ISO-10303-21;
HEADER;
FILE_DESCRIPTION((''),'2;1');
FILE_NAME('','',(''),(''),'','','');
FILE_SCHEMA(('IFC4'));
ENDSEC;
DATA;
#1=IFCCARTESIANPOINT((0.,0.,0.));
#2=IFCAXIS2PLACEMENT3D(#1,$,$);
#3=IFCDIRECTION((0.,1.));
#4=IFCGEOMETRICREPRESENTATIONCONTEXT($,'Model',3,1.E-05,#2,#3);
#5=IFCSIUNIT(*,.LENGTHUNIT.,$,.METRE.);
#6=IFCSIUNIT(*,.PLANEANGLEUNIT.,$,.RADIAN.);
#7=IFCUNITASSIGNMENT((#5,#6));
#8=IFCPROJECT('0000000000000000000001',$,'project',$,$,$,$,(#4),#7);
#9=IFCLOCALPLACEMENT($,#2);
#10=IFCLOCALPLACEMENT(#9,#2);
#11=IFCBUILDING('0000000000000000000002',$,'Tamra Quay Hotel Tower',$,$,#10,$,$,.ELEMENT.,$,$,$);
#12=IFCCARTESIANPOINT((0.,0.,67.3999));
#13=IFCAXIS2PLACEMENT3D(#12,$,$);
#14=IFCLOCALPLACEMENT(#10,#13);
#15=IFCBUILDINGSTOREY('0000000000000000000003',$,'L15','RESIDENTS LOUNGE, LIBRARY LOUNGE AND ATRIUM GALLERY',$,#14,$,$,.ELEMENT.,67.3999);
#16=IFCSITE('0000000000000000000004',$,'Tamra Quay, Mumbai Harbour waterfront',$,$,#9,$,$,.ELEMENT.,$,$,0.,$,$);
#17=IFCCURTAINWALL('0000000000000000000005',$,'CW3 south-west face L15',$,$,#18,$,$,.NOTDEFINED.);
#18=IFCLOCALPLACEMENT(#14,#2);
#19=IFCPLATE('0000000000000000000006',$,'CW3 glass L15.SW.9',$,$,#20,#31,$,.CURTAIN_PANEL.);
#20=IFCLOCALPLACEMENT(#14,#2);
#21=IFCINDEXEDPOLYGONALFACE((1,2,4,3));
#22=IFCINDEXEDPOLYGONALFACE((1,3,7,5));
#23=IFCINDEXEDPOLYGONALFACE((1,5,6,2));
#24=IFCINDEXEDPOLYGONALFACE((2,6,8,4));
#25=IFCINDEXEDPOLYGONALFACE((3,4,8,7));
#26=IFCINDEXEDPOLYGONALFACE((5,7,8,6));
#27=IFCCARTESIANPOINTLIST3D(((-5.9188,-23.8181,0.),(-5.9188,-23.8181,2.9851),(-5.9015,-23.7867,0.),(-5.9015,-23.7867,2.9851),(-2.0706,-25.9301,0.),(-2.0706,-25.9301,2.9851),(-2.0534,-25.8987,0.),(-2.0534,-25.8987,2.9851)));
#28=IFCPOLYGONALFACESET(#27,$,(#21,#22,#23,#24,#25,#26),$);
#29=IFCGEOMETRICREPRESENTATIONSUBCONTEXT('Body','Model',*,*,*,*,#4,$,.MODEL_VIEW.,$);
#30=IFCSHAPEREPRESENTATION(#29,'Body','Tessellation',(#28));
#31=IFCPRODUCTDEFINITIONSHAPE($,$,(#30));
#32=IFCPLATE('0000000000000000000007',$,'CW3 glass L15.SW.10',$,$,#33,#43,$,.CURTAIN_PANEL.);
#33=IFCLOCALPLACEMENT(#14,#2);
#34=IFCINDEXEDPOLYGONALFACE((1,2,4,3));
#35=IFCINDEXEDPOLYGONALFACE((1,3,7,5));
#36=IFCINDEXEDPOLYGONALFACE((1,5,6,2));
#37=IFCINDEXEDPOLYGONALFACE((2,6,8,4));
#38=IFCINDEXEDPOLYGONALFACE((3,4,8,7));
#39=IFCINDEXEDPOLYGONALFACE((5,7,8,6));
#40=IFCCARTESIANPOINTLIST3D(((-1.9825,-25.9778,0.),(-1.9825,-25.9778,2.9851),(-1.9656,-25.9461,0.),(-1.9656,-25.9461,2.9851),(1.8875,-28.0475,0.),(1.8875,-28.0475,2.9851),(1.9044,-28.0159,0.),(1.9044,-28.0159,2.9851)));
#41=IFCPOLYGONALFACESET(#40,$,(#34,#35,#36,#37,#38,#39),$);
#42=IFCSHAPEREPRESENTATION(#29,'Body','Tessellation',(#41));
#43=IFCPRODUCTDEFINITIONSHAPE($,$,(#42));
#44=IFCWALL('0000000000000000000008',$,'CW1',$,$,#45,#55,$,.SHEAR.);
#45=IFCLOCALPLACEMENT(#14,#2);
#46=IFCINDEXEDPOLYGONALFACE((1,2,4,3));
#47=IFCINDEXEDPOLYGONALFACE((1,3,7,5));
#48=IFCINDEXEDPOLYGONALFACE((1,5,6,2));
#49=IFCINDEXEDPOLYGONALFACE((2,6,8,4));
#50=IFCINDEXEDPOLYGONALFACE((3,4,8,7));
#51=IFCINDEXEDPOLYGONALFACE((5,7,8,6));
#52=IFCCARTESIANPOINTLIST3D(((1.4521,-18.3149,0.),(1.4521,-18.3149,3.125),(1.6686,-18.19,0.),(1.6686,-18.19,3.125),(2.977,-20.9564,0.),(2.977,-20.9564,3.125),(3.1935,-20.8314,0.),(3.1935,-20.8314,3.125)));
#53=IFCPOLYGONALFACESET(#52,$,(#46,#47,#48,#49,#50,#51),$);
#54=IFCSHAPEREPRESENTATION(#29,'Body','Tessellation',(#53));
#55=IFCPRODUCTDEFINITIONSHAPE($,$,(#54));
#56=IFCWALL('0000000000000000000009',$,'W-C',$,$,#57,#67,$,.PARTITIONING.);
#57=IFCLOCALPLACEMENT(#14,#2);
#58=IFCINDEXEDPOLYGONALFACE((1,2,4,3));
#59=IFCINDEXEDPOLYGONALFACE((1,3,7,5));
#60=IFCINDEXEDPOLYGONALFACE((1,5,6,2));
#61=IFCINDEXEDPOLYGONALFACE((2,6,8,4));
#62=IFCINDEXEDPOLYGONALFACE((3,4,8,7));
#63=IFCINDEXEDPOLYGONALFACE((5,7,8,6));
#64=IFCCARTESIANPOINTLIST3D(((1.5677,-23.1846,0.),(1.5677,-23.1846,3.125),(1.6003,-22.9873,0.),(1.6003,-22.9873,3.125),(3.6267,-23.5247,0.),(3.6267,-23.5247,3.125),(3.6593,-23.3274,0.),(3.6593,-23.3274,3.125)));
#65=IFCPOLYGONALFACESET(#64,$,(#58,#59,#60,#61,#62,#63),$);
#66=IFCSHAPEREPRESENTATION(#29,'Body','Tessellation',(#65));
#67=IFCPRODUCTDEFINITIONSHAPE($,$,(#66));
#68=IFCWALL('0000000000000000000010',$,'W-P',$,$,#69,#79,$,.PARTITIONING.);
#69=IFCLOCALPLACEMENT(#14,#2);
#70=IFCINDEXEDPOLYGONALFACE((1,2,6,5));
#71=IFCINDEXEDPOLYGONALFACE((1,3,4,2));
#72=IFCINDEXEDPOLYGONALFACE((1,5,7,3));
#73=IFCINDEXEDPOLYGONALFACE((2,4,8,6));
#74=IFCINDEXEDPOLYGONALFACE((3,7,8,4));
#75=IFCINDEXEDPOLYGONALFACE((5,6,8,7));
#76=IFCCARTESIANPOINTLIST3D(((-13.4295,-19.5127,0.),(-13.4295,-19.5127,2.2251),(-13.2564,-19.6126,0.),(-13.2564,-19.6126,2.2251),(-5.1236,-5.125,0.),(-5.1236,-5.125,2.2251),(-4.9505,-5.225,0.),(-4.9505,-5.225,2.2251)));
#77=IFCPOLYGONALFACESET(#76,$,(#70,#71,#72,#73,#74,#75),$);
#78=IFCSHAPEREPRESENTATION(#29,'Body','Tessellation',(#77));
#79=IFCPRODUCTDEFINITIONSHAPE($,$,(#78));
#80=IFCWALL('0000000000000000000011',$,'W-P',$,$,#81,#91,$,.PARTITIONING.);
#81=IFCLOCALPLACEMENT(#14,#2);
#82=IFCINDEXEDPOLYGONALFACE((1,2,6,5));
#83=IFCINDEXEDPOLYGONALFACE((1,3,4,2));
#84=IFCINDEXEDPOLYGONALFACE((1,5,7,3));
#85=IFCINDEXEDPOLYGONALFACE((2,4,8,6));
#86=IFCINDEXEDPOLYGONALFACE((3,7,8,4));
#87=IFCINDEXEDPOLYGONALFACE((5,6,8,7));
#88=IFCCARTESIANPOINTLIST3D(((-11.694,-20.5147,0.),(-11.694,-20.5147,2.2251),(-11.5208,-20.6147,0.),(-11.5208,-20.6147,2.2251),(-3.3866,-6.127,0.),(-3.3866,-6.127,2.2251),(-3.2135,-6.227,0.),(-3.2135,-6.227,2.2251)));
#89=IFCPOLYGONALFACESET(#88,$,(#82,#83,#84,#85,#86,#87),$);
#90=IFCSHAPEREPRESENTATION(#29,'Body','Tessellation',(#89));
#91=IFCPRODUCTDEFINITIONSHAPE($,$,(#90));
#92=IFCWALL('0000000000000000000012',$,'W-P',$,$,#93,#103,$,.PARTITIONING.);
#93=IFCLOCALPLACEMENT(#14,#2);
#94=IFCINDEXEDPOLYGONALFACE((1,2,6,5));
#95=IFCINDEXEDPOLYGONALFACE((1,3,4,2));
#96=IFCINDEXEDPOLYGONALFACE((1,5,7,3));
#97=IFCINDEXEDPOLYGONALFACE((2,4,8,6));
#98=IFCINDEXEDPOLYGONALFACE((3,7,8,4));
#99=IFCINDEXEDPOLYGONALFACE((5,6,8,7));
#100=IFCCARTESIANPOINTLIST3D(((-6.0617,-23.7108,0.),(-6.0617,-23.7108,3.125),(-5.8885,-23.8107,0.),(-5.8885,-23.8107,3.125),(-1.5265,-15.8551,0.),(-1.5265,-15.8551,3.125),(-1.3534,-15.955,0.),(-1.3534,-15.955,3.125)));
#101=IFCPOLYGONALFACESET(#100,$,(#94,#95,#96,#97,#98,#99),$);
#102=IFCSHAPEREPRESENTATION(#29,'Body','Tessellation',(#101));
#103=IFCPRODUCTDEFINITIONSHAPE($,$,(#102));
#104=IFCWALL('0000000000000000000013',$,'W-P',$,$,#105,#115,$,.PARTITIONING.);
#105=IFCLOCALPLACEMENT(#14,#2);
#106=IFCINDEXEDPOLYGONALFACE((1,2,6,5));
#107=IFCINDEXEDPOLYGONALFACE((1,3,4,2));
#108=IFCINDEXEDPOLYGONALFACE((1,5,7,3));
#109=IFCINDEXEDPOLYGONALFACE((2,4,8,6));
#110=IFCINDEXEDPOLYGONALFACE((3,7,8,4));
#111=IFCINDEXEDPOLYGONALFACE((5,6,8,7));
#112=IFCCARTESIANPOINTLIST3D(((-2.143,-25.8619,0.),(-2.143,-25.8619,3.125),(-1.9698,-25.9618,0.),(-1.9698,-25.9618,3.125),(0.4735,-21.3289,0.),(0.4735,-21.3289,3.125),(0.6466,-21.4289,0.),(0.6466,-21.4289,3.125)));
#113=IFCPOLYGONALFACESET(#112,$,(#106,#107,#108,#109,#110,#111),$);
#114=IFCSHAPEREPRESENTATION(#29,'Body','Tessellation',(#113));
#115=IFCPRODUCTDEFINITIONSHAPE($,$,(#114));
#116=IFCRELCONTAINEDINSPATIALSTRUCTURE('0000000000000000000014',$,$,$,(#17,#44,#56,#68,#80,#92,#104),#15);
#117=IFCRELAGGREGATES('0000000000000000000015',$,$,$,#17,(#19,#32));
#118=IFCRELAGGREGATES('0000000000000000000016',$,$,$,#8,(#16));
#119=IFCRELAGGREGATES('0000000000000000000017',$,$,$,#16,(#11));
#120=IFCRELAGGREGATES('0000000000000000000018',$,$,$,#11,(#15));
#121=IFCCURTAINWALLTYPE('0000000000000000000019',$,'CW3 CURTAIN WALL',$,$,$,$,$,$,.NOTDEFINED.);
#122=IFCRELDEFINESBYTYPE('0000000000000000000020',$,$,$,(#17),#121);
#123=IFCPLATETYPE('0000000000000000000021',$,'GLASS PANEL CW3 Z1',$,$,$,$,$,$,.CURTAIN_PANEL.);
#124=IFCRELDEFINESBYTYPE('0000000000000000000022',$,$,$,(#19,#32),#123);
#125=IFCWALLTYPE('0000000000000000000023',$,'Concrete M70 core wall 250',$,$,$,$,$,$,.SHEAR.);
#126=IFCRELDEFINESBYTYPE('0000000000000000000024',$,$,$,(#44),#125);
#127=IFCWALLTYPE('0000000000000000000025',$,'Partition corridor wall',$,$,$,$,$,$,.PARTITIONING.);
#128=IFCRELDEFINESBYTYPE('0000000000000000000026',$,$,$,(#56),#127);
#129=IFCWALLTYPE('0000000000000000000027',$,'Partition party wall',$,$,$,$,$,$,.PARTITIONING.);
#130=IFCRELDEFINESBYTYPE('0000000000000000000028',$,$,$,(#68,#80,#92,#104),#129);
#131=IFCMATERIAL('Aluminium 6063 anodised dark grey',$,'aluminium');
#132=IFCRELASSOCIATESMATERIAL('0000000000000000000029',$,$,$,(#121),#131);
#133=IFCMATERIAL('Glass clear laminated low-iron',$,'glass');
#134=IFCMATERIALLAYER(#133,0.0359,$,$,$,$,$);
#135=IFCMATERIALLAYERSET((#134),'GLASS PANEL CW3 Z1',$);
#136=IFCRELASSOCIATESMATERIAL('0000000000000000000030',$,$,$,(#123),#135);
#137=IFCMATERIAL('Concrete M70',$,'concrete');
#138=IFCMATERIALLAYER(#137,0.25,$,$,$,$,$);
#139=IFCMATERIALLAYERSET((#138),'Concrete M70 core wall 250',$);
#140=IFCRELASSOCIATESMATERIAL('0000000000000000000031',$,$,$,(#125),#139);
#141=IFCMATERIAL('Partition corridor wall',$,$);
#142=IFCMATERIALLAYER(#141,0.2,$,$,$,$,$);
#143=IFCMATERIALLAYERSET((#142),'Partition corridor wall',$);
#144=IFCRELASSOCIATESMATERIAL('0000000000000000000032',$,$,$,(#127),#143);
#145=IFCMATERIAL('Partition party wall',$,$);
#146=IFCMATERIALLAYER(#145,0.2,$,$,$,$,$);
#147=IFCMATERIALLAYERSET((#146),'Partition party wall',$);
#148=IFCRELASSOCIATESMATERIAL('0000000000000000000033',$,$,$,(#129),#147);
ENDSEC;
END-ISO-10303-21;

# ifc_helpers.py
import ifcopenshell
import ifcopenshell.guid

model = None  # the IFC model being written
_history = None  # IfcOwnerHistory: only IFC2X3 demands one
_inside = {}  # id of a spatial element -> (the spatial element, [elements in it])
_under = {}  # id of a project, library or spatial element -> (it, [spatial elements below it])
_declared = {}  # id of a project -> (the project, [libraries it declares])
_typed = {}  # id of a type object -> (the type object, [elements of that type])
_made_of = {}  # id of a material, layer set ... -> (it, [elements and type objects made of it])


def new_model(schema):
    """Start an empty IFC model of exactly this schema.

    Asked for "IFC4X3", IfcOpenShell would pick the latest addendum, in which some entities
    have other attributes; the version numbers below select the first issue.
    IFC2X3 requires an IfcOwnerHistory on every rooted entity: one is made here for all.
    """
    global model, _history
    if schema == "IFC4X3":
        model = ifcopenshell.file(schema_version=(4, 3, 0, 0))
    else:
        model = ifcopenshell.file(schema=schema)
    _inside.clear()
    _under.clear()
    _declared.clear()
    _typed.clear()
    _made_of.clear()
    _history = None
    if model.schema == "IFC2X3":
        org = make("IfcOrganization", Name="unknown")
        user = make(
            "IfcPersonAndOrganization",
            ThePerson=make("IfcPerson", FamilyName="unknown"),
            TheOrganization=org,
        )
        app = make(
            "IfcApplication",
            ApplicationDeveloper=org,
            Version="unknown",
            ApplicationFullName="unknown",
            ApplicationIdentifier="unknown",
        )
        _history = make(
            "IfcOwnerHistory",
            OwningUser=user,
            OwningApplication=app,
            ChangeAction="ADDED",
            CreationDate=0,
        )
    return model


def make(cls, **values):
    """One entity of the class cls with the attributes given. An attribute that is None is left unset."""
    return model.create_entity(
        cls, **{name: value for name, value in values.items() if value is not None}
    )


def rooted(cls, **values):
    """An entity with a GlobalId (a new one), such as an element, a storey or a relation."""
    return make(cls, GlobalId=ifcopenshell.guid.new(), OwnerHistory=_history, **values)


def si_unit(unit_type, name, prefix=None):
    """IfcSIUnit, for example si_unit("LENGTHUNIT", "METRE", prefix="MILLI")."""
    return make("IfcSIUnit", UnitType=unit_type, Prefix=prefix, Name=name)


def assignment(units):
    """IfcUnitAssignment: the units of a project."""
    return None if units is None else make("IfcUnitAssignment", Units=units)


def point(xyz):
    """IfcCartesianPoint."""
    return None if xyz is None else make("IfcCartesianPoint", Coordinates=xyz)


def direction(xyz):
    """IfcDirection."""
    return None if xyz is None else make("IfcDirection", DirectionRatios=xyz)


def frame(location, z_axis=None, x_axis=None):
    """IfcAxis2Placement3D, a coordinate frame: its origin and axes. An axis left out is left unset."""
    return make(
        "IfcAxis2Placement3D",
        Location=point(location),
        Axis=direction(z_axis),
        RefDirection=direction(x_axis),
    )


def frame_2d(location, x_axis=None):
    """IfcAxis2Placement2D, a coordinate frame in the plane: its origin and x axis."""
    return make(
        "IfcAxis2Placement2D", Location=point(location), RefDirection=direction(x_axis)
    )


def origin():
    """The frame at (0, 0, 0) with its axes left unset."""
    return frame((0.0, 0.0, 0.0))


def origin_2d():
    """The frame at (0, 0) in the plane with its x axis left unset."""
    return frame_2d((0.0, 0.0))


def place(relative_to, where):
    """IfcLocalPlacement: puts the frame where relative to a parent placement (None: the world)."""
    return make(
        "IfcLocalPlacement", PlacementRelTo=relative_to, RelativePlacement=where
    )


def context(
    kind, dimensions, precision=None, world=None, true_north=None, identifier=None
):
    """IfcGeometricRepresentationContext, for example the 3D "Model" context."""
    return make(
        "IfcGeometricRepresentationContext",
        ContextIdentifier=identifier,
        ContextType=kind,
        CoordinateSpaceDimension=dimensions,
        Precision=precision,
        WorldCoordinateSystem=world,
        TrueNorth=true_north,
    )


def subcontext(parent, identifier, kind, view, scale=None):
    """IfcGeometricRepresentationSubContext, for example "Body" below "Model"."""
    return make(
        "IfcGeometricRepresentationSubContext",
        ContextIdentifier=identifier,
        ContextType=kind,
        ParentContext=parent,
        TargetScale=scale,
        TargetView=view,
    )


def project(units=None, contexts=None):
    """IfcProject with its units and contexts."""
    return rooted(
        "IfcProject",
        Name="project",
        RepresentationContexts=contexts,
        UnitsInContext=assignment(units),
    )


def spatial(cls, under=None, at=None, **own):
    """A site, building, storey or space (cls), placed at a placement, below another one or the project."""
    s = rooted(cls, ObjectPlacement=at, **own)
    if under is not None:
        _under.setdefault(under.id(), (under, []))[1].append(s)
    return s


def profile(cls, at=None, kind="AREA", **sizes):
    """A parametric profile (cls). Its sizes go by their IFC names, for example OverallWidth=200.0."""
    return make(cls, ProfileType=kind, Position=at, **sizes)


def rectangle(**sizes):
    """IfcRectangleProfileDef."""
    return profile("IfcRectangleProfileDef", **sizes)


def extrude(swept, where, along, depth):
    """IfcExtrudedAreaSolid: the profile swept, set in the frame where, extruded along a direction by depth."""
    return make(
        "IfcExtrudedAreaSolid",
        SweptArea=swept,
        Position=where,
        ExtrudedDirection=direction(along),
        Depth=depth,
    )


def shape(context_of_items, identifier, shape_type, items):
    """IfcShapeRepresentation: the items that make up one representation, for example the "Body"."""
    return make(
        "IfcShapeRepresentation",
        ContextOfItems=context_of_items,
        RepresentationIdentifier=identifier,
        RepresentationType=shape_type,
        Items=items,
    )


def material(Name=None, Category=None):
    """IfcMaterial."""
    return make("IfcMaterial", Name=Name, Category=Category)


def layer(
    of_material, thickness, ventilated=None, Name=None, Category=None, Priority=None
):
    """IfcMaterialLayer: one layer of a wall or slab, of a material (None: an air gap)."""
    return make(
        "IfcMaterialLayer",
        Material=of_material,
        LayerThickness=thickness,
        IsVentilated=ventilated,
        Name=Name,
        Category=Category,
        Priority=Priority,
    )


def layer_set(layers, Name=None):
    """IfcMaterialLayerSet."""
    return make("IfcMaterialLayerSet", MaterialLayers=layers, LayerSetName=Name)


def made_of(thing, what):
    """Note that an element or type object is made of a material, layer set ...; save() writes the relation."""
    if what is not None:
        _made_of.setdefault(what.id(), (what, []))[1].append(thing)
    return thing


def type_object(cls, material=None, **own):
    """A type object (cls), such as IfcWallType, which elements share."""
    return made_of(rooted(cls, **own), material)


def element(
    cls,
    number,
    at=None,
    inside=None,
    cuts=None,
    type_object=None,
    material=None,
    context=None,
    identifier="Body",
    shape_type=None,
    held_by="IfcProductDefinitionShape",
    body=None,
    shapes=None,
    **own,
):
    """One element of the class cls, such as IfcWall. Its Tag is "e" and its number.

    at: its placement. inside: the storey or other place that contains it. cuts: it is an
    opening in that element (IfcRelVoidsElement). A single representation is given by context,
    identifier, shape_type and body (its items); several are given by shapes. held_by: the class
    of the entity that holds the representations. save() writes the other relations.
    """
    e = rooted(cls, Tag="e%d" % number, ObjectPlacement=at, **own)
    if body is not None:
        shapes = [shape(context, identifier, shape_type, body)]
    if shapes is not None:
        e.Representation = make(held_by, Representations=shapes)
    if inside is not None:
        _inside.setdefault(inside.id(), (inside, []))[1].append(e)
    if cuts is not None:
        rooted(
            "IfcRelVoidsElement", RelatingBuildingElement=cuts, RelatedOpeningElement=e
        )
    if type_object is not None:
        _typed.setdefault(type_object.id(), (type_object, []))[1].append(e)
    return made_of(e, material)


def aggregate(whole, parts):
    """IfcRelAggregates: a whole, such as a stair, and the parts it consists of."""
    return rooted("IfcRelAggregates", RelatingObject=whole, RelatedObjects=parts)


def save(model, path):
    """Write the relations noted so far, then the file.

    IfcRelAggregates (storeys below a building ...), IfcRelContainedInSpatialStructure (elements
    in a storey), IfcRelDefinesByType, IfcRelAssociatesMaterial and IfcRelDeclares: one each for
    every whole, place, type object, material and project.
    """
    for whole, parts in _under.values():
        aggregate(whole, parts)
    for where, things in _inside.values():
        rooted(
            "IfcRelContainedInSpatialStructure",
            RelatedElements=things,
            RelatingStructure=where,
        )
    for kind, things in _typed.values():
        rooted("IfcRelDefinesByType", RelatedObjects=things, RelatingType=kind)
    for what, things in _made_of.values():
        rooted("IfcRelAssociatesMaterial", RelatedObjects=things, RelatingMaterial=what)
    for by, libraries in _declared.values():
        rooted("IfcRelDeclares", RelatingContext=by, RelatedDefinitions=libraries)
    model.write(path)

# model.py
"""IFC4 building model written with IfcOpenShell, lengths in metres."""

from ifc_helpers import new_model, si_unit, direction, frame, frame_2d, origin, origin_2d, place, context, subcontext, project, spatial, rectangle, extrude, material, layer, layer_set, type_object, element, aggregate, save


model = new_model("IFC4")

# Units and contexts
model_context = context("Model", 3, precision=1e-05, world=origin(), true_north=direction((0.0, 1.0)))
body_context = subcontext(model_context, "Body", "Model", "MODEL_VIEW")
ifc_project = project(units=[si_unit("LENGTHUNIT", "METRE"), si_unit("PLANEANGLEUNIT", "RADIAN")], contexts=[model_context])

# Site, building, storey
site_placement = place(None, origin())
site = spatial("IfcSite", under=ifc_project, at=site_placement, Name="Tamra Quay, Mumbai Harbour waterfront", CompositionType="ELEMENT", RefElevation=0.0)
building_placement = place(site_placement, origin())
building = spatial("IfcBuilding", under=site, at=building_placement, Name="Tamra Quay Hotel Tower", CompositionType="ELEMENT")
storey_placement = place(building_placement, frame((0.0, 0.0, 67.3999)))
storey = spatial("IfcBuildingStorey", under=building, at=storey_placement, Name="L15", Description="RESIDENTS LOUNGE, LIBRARY LOUNGE AND ATRIUM GALLERY", CompositionType="ELEMENT", Elevation=67.3999)

# Shared definitions
ifc_material_1 = material(Name="Concrete M70", Category="concrete")

# Curtain wall
ifc_material_2 = material(Name="Aluminium 6063 anodised dark grey", Category="aluminium")
curtain_wall_type = type_object("IfcCurtainWallType", Name="CW3 CURTAIN WALL", PredefinedType="NOTDEFINED", material=ifc_material_2)
curtain_wall_placement = place(storey_placement, origin())
curtain_wall = element("IfcCurtainWall", 1, at=curtain_wall_placement, inside=storey, type_object=curtain_wall_type, Name="CW3 south-west face L15", PredefinedType="NOTDEFINED")

# Plates
ifc_material_3 = material(Name="Glass clear laminated low-iron", Category="glass")
ifc_layer_1 = layer(ifc_material_3, 0.0359)
ifc_layer_set_1 = layer_set([ifc_layer_1], Name="GLASS PANEL CW3 Z1")
plate_type = type_object("IfcPlateType", Name="GLASS PANEL CW3 Z1", PredefinedType="CURTAIN_PANEL", material=ifc_layer_set_1)
plate_1_placement = place(storey_placement, frame((-3.9861, -24.8584, 0.0), z_axis=(0.0, 0.0, 1.0), x_axis=(0.876651, -0.481127, 0.0)))
plate_1 = element("IfcPlate", 2, at=plate_1_placement, type_object=plate_type, Name="CW3 glass L15.SW.9", PredefinedType="CURTAIN_PANEL", context=body_context, shape_type="SweptSolid", body=[
    extrude(rectangle(XDim=4.3896, YDim=0.0359, at=origin_2d()), origin(), (0.0, 0.0, 1.0), 2.9851),
])
plate_2_placement = place(storey_placement, frame((-0.0391, -26.9968, 0.0), z_axis=(0.0, 0.0, 1.0), x_axis=(0.881806, -0.471612, 0.0)))
plate_2 = element("IfcPlate", 3, at=plate_2_placement, type_object=plate_type, Name="CW3 glass L15.SW.10", PredefinedType="CURTAIN_PANEL", context=body_context, shape_type="SweptSolid", body=[
    extrude(rectangle(XDim=4.3887, YDim=0.0359, at=origin_2d()), origin(), (0.0, 0.0, 1.0), 2.9851),
])
aggregate(curtain_wall, [plate_1, plate_2])

# Walls
ifc_layer_2 = layer(ifc_material_1, 0.25)
ifc_layer_set_2 = layer_set([ifc_layer_2], Name="Concrete M70 core wall 250")
wall_type_1 = type_object("IfcWallType", Name="Concrete M70 core wall 250", PredefinedType="SHEAR", material=ifc_layer_set_2)
wall_1_placement = place(storey_placement, frame((3.0852, -20.8938, 0.0), z_axis=(0.0, 0.0, 1.0), x_axis=(-0.499979, 0.866038, 0.0)))
element("IfcWall", 4, at=wall_1_placement, inside=storey, type_object=wall_type_1, Name="CW1", PredefinedType="SHEAR", context=body_context, shape_type="SweptSolid", body=[
    extrude(rectangle(XDim=3.05, YDim=0.25, at=frame_2d((1.5249, 0.0))), origin(), (0.0, 0.0, 1.0), 3.125),
])
ifc_material_4 = material(Name="Partition corridor wall")
ifc_layer_3 = layer(ifc_material_4, 0.2)
ifc_layer_set_3 = layer_set([ifc_layer_3], Name="Partition corridor wall")
wall_type_2 = type_object("IfcWallType", Name="Partition corridor wall", PredefinedType="PARTITIONING", material=ifc_layer_set_3)
wall_2_placement = place(storey_placement, frame((1.584, -23.0859, 0.0), z_axis=(0.0, 0.0, 1.0), x_axis=(0.986633, -0.162957, 0.0)))
element("IfcWall", 5, at=wall_2_placement, inside=storey, type_object=wall_type_2, Name="W-C", PredefinedType="PARTITIONING", context=body_context, shape_type="SweptSolid", body=[
    extrude(rectangle(XDim=2.0869, YDim=0.2, at=frame_2d((1.0435, 0.0))), origin(), (0.0, 0.0, 1.0), 3.125),
])
ifc_material_5 = material(Name="Partition party wall")
ifc_layer_4 = layer(ifc_material_5, 0.2)
ifc_layer_set_4 = layer_set([ifc_layer_4], Name="Partition party wall")
wall_type_3 = type_object("IfcWallType", Name="Partition party wall", PredefinedType="PARTITIONING", material=ifc_layer_set_4)
wall_3_placement = place(storey_placement, frame((-13.343, -19.5627, 0.0), z_axis=(0.0, 0.0, 1.0), x_axis=(0.499962, 0.866047, 0.0)))
element("IfcWall", 6, at=wall_3_placement, inside=storey, type_object=wall_type_3, Name="W-P", PredefinedType="PARTITIONING", context=body_context, shape_type="SweptSolid", body=[
    extrude(rectangle(XDim=16.613, YDim=0.2, at=frame_2d((8.3066, 0.0))), origin(), (0.0, 0.0, 1.0), 2.2251),
])
wall_4_placement = place(storey_placement, frame((-11.6074, -20.5647, 0.0), z_axis=(0.0, 0.0, 1.0), x_axis=(0.500029, 0.866009, 0.0)))
element("IfcWall", 7, at=wall_4_placement, inside=storey, type_object=wall_type_3, Name="W-P", PredefinedType="PARTITIONING", context=body_context, shape_type="SweptSolid", body=[
    extrude(rectangle(XDim=16.6138, YDim=0.2, at=frame_2d((8.3069, 0.0))), origin(), (0.0, 0.0, 1.0), 2.2251),
])
wall_5_placement = place(storey_placement, frame((-5.9751, -23.7607, 0.0), z_axis=(0.0, 0.0, 1.0), x_axis=(0.499972, 0.866042, 0.0)))
element("IfcWall", 8, at=wall_5_placement, inside=storey, type_object=wall_type_3, Name="W-P", PredefinedType="PARTITIONING", context=body_context, shape_type="SweptSolid", body=[
    extrude(rectangle(XDim=9.0708, YDim=0.2, at=frame_2d((4.5354, 0.0))), origin(), (0.0, 0.0, 1.0), 3.125),
])
wall_6_placement = place(storey_placement, frame((-2.0564, -25.9119, 0.0), z_axis=(0.0, 0.0, 1.0), x_axis=(0.499907, 0.866079, 0.0)))
element("IfcWall", 9, at=wall_6_placement, inside=storey, type_object=wall_type_3, Name="W-P", PredefinedType="PARTITIONING", context=body_context, shape_type="SweptSolid", body=[
    extrude(rectangle(XDim=5.2339, YDim=0.2, at=frame_2d((2.6169, 0.0))), origin(), (0.0, 0.0, 1.0), 3.125),
])

save(model, "model.ifc")
